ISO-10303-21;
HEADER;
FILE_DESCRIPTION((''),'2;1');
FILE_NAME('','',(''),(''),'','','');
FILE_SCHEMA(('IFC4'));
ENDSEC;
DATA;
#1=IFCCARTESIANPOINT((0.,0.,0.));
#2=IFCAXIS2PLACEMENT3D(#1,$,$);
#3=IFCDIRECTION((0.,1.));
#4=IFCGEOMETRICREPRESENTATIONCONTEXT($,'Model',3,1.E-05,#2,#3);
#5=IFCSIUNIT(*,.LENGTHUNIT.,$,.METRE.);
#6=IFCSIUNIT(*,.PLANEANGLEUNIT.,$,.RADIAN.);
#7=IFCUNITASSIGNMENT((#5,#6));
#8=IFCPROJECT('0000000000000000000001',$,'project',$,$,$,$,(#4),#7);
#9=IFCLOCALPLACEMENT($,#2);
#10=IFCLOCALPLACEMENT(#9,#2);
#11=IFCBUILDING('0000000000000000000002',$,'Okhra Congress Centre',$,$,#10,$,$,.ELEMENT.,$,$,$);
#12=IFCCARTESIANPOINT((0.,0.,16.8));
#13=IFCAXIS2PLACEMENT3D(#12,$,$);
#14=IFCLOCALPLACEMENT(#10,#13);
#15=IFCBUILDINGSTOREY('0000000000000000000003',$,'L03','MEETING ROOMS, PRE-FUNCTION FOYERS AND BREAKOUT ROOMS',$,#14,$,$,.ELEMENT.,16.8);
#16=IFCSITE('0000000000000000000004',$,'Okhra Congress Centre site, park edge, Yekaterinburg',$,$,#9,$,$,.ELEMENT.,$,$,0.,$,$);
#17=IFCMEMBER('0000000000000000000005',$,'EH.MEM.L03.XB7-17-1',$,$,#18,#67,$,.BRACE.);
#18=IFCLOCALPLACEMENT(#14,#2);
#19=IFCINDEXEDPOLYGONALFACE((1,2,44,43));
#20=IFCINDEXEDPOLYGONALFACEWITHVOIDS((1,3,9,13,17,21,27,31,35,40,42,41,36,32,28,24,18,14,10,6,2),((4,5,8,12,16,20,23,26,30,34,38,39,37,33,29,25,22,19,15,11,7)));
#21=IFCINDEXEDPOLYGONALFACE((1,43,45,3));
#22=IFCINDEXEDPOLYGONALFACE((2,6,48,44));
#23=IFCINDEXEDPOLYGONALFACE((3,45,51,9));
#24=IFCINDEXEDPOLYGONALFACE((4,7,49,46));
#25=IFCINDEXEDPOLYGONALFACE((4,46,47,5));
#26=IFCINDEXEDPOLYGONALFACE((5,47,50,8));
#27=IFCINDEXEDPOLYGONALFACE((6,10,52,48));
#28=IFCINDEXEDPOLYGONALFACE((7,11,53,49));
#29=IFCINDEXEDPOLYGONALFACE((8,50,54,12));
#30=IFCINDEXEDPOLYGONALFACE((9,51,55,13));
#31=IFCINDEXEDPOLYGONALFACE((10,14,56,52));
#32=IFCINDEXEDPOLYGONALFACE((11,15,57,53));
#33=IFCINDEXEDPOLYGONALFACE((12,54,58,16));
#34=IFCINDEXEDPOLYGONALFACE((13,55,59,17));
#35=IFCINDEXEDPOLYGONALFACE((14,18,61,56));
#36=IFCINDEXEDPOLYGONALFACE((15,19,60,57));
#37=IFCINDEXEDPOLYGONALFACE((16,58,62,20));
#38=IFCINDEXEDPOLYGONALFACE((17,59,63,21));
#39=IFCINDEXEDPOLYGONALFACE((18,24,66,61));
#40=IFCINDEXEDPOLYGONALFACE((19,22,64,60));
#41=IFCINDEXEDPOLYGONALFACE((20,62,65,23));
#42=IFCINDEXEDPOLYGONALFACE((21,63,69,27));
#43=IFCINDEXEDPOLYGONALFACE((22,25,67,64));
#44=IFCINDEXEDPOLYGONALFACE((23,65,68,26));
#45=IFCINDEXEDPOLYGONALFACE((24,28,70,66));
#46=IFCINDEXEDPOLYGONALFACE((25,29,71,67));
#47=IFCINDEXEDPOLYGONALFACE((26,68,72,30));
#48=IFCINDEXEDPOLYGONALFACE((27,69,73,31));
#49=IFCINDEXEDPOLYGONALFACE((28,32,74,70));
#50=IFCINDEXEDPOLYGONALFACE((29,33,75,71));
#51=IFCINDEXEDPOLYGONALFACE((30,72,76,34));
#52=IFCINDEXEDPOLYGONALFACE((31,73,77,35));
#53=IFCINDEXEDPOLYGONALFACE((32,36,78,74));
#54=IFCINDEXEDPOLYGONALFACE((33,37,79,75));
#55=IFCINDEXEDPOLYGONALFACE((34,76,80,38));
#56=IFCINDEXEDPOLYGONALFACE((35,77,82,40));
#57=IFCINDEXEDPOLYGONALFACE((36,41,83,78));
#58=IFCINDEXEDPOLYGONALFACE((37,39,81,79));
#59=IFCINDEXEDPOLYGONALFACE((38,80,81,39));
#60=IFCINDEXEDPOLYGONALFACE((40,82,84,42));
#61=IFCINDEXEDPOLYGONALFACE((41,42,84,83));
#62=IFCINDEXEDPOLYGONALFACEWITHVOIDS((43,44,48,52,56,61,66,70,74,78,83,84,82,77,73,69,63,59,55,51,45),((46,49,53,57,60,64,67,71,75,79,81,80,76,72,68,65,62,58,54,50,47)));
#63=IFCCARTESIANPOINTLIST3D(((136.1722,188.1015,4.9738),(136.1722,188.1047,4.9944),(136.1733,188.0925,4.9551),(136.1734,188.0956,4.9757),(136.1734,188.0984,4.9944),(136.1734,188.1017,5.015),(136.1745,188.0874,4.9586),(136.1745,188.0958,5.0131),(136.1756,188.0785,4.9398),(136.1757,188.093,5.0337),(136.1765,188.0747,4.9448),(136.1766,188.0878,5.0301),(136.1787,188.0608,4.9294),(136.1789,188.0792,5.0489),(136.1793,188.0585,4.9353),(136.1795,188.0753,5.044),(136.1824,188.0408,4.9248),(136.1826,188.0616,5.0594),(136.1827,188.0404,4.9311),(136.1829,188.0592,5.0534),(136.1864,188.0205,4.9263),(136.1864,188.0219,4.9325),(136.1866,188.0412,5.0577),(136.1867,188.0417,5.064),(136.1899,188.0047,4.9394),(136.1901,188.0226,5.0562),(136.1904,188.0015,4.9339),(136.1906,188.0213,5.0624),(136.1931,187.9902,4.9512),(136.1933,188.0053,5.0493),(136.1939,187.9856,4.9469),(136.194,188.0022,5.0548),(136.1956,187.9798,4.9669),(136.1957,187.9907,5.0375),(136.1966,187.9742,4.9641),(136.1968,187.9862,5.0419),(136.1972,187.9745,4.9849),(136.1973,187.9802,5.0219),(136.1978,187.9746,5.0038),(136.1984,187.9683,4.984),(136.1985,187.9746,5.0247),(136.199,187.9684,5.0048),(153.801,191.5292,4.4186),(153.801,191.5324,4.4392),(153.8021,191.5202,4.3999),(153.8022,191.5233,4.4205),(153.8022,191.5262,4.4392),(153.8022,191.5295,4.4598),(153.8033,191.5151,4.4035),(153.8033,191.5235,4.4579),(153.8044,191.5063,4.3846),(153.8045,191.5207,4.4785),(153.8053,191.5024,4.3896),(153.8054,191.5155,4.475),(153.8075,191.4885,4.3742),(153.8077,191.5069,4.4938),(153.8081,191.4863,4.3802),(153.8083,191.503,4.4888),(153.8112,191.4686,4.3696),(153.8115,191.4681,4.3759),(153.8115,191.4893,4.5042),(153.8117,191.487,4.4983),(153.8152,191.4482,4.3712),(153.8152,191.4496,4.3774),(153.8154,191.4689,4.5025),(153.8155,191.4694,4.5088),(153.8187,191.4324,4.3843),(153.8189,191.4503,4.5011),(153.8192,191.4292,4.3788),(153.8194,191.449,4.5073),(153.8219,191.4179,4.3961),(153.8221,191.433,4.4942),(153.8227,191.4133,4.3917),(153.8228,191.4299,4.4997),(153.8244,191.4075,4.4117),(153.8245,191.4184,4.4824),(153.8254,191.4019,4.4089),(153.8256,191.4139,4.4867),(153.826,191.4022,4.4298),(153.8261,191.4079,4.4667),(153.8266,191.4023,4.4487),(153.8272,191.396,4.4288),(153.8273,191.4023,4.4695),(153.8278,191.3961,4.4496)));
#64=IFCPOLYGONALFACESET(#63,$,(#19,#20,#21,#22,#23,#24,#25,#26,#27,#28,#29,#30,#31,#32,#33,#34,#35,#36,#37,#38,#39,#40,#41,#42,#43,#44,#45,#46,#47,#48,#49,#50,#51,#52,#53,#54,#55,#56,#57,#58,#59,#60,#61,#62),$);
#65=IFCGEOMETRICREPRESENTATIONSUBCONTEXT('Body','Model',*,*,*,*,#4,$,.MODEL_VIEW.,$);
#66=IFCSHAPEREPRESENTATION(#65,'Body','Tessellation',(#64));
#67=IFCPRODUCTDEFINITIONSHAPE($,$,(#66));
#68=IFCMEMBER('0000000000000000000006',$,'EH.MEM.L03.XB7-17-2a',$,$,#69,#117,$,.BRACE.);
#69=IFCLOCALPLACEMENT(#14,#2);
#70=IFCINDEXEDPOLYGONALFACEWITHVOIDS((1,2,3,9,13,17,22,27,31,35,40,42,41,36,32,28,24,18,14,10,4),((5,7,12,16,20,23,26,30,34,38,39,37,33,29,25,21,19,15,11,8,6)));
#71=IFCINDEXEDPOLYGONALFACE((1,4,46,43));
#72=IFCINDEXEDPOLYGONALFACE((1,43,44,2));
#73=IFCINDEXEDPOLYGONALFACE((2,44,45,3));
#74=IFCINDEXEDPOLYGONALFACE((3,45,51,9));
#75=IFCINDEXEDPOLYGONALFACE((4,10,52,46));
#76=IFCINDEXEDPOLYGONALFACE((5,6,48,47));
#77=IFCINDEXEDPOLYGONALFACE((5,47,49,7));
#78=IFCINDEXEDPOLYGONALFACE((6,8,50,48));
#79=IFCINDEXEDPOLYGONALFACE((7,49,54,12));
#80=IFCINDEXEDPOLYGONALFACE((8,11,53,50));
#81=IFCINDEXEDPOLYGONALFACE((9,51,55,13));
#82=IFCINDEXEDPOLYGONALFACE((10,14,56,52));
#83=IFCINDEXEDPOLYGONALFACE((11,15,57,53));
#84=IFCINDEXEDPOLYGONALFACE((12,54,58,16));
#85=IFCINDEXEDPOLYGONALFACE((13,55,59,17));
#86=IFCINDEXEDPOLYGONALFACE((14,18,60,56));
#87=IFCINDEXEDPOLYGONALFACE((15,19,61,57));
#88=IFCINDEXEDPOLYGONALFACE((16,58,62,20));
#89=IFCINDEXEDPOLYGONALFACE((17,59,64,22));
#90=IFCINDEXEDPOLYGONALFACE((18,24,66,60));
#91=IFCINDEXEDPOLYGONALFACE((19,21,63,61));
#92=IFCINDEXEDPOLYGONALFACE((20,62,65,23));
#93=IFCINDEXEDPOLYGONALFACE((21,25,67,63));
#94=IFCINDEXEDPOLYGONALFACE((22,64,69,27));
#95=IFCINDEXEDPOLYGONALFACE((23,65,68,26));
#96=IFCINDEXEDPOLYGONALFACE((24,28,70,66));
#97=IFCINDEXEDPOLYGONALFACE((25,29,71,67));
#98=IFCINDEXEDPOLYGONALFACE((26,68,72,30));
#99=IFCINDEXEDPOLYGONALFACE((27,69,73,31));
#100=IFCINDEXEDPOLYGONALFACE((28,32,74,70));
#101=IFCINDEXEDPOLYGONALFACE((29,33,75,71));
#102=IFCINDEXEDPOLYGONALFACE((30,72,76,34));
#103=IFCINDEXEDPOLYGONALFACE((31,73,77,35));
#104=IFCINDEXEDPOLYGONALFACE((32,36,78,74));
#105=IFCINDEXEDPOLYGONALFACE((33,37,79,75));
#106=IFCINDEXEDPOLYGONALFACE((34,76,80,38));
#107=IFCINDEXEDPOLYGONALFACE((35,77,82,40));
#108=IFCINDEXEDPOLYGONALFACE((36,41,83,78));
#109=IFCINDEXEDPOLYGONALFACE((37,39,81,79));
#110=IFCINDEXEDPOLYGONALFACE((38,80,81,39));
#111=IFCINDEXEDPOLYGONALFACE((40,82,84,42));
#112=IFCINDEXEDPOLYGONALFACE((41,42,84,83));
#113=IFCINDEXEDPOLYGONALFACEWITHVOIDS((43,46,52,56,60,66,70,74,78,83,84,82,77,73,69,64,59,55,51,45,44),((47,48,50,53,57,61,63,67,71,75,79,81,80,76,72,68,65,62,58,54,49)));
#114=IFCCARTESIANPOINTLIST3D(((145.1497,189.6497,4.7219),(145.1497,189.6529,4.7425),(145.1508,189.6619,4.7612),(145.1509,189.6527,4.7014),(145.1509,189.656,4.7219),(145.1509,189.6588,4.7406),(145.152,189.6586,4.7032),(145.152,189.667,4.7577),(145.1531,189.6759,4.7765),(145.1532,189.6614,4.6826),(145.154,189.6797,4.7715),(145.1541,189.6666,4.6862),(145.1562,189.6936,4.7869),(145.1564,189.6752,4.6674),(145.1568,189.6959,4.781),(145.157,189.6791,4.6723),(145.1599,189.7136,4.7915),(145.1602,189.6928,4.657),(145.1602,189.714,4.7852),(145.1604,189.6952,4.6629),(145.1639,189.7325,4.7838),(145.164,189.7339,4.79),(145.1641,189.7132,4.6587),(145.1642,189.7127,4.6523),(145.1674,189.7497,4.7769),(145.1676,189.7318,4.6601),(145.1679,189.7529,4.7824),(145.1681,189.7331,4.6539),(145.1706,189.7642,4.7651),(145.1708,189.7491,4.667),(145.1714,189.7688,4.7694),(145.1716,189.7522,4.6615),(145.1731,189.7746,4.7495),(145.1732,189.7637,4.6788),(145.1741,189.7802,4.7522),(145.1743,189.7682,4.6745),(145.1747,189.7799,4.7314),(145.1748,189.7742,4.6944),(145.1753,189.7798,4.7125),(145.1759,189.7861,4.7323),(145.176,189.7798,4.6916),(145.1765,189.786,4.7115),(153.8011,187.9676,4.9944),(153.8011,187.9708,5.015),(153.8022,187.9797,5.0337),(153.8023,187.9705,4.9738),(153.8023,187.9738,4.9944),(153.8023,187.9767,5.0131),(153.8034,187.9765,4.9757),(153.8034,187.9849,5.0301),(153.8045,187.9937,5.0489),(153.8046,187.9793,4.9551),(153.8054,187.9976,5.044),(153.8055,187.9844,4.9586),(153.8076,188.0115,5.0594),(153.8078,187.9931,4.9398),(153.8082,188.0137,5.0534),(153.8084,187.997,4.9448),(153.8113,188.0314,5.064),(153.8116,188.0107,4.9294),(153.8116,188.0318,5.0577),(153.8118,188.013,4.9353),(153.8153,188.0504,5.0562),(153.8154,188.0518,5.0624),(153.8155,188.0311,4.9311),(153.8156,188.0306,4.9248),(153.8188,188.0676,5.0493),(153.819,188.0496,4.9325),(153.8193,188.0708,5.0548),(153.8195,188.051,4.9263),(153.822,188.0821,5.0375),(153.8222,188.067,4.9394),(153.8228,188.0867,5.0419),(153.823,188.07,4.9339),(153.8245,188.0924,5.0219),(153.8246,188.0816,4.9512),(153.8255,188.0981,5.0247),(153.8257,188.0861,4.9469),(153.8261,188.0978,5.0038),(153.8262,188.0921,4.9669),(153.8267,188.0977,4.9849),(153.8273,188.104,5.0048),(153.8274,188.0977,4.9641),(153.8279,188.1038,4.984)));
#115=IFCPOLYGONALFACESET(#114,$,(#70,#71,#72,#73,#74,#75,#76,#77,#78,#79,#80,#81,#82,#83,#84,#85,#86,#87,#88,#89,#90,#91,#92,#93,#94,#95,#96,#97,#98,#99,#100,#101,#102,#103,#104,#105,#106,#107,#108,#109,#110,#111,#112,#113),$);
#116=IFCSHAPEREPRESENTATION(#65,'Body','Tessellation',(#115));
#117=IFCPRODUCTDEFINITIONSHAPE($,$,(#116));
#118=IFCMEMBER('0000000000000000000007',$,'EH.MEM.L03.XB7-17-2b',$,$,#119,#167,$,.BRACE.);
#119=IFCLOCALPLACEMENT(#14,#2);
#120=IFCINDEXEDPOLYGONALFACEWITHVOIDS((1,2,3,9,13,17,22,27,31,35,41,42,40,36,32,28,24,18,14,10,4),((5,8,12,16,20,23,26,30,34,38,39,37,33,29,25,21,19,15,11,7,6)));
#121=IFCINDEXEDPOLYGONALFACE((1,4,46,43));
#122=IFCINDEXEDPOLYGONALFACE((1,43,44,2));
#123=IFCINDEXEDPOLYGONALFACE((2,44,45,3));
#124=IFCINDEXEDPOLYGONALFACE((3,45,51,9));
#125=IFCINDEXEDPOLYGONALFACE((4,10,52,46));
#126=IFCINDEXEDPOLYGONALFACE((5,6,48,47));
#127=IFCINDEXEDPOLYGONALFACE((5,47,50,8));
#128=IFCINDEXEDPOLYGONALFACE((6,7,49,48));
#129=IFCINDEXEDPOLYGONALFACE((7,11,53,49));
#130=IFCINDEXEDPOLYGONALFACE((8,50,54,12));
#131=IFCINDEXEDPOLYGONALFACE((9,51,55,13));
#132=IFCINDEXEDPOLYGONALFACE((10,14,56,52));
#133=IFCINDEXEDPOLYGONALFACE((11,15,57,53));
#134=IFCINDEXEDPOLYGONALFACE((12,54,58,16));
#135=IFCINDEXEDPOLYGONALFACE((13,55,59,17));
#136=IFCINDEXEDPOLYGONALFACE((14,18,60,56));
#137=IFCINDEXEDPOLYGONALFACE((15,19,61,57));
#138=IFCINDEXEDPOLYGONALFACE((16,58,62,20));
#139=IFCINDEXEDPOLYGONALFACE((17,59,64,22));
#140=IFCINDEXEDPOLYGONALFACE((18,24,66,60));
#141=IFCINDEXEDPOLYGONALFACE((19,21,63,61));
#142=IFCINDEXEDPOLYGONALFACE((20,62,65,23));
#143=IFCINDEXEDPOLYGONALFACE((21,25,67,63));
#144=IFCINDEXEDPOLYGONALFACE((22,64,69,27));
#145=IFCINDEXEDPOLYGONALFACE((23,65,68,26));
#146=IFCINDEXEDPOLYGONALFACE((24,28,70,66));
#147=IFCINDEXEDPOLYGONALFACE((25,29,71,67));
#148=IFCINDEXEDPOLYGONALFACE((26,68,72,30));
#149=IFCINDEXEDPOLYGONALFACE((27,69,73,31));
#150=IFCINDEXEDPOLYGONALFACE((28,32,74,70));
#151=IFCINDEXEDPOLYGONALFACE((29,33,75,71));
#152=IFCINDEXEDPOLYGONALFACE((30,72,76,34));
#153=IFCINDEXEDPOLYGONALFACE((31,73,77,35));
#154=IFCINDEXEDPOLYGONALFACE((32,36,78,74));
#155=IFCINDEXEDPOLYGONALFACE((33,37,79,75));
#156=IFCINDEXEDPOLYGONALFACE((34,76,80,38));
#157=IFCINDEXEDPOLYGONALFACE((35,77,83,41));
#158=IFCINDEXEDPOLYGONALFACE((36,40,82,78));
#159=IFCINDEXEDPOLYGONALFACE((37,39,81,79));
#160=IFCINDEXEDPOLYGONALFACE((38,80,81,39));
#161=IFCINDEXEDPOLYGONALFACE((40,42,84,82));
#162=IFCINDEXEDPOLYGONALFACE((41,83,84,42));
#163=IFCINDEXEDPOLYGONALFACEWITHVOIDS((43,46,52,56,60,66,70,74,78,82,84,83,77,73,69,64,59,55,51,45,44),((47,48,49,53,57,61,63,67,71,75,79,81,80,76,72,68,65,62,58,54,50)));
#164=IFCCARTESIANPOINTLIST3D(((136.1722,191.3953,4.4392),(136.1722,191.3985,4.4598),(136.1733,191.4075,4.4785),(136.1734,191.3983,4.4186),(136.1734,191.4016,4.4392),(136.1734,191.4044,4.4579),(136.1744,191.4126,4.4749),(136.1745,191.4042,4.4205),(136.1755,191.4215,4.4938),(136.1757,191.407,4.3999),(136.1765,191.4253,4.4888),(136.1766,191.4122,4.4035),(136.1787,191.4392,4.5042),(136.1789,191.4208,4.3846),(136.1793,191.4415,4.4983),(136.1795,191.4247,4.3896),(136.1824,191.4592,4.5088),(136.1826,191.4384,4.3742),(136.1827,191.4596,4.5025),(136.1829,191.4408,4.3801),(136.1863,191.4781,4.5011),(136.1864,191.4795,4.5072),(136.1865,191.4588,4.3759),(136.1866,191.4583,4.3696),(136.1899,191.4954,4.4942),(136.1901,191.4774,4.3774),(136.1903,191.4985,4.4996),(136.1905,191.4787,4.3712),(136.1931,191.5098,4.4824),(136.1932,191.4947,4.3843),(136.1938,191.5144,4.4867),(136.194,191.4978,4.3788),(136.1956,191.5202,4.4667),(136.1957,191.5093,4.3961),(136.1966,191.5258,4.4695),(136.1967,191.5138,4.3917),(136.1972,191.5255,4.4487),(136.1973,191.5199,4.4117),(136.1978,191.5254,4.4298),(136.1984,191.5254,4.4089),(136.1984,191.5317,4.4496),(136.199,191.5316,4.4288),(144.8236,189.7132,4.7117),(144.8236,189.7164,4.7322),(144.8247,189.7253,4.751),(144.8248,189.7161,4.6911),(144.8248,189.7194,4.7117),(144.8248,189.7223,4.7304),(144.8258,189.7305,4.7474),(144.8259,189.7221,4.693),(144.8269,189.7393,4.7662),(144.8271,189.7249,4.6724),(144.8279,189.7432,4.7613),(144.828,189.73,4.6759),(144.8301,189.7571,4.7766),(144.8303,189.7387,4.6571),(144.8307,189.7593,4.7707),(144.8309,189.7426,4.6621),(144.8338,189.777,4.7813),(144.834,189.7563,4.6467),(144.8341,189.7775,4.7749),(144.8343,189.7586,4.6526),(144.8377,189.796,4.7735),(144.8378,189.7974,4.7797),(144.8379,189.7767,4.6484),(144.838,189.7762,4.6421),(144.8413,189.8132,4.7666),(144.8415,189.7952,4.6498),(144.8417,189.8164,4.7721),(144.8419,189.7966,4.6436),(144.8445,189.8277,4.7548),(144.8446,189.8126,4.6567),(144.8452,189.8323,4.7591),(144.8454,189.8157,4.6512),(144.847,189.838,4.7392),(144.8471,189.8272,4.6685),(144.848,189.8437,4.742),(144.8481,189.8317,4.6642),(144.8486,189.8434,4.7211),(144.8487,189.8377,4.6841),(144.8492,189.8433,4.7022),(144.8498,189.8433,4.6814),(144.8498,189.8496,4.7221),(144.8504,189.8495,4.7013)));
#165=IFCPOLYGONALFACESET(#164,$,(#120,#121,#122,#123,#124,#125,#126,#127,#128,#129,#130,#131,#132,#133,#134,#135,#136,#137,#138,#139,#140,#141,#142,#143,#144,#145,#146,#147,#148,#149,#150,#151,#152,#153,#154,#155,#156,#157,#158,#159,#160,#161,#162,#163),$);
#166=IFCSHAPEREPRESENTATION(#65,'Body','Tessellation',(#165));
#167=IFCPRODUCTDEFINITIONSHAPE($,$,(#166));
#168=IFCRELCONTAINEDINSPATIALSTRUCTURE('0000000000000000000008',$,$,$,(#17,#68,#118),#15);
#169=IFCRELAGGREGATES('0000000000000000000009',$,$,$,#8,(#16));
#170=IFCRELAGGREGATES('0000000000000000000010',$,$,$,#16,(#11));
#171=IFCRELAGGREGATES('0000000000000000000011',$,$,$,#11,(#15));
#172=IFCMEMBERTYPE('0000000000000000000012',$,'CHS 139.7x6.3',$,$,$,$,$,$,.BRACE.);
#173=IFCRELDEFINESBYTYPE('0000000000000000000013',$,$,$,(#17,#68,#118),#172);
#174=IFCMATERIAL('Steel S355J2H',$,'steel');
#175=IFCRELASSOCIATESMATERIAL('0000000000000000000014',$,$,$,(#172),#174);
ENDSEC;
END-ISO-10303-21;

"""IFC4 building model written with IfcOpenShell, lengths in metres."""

from ifc_helpers import new_model, si_unit, direction, frame, origin, origin_2d, place, context, subcontext, project, spatial, hollow_circle, extrude, material, material_profile, profile_set, type_object, element, save


model = new_model("IFC4")

# Units and contexts
model_context = context("Model", 3, precision=1e-05, world=origin(), true_north=direction((0.0, 1.0)))
body_context = subcontext(model_context, "Body", "Model", "MODEL_VIEW")
ifc_project = project(units=[si_unit("LENGTHUNIT", "METRE"), si_unit("PLANEANGLEUNIT", "RADIAN")], contexts=[model_context])

# Site, building, storey
site_placement = place(None, origin())
site = spatial("IfcSite", under=ifc_project, at=site_placement, Name="Okhra Congress Centre site, park edge, Yekaterinburg", CompositionType="ELEMENT", RefElevation=0.0)
building_placement = place(site_placement, origin())
building = spatial("IfcBuilding", under=site, at=building_placement, Name="Okhra Congress Centre", CompositionType="ELEMENT")
storey_placement = place(building_placement, frame((0.0, 0.0, 16.8)))
storey = spatial("IfcBuildingStorey", under=building, at=storey_placement, Name="L03", Description="MEETING ROOMS, PRE-FUNCTION FOYERS AND BREAKOUT ROOMS", CompositionType="ELEMENT", Elevation=16.8)

# Members
ifc_material_1 = material(Name="Steel S355J2H", Category="steel")
ifc_material_profile_1 = material_profile(ifc_material_1, hollow_circle(Radius=0.0698, WallThickness=0.0063, at=origin_2d()), Name="CHS 139.7x6.3")
ifc_profile_set_1 = profile_set([ifc_material_profile_1], Name="Steel S355J2H")
member_type_1 = type_object("IfcMemberType", Name="CHS 139.7x6.3", PredefinedType="BRACE", material=ifc_profile_set_1)
member_1_placement = place(storey_placement, frame((136.1855, 188.0361, 4.9944), z_axis=(0.981148, 0.190773, -0.030899), x_axis=(-0.190864, 0.981617, 0.0)))
element("IfcMember", 1, at=member_1_placement, inside=storey, type_object=member_type_1, Name="EH.MEM.L03.XB7-17-1", PredefinedType="BRACE", context=body_context, shape_type="SweptSolid", body=[
    extrude(hollow_circle(Radius=0.0698, WallThickness=0.0063, at=origin_2d()), origin(), (0.0, 0.0, 1.0), 17.9675),
])
for number, where, z_axis, x_axis, name in (
    (2, (153.8145, 188.0361, 4.9944), (-0.981148, 0.19077, -0.0309), (-0.190861, -0.981617, 0.0), "EH.MEM.L03.XB7-17-2a"),
    (3, (144.8369, 189.7817, 4.7117), (-0.981148, 0.19077, -0.0309), (-0.190861, -0.981617, 0.0), "EH.MEM.L03.XB7-17-2b"),
):
    element("IfcMember", number, at=place(storey_placement, frame(where, z_axis=z_axis, x_axis=x_axis)), inside=storey, type_object=member_type_1, Name=name, PredefinedType="BRACE", context=body_context, shape_type="SweptSolid", body=[
        extrude(hollow_circle(Radius=0.0698, WallThickness=0.0063, at=origin_2d()), origin(), (0.0, 0.0, 1.0), 8.8176),
    ])

save(model, "model.ifc")
